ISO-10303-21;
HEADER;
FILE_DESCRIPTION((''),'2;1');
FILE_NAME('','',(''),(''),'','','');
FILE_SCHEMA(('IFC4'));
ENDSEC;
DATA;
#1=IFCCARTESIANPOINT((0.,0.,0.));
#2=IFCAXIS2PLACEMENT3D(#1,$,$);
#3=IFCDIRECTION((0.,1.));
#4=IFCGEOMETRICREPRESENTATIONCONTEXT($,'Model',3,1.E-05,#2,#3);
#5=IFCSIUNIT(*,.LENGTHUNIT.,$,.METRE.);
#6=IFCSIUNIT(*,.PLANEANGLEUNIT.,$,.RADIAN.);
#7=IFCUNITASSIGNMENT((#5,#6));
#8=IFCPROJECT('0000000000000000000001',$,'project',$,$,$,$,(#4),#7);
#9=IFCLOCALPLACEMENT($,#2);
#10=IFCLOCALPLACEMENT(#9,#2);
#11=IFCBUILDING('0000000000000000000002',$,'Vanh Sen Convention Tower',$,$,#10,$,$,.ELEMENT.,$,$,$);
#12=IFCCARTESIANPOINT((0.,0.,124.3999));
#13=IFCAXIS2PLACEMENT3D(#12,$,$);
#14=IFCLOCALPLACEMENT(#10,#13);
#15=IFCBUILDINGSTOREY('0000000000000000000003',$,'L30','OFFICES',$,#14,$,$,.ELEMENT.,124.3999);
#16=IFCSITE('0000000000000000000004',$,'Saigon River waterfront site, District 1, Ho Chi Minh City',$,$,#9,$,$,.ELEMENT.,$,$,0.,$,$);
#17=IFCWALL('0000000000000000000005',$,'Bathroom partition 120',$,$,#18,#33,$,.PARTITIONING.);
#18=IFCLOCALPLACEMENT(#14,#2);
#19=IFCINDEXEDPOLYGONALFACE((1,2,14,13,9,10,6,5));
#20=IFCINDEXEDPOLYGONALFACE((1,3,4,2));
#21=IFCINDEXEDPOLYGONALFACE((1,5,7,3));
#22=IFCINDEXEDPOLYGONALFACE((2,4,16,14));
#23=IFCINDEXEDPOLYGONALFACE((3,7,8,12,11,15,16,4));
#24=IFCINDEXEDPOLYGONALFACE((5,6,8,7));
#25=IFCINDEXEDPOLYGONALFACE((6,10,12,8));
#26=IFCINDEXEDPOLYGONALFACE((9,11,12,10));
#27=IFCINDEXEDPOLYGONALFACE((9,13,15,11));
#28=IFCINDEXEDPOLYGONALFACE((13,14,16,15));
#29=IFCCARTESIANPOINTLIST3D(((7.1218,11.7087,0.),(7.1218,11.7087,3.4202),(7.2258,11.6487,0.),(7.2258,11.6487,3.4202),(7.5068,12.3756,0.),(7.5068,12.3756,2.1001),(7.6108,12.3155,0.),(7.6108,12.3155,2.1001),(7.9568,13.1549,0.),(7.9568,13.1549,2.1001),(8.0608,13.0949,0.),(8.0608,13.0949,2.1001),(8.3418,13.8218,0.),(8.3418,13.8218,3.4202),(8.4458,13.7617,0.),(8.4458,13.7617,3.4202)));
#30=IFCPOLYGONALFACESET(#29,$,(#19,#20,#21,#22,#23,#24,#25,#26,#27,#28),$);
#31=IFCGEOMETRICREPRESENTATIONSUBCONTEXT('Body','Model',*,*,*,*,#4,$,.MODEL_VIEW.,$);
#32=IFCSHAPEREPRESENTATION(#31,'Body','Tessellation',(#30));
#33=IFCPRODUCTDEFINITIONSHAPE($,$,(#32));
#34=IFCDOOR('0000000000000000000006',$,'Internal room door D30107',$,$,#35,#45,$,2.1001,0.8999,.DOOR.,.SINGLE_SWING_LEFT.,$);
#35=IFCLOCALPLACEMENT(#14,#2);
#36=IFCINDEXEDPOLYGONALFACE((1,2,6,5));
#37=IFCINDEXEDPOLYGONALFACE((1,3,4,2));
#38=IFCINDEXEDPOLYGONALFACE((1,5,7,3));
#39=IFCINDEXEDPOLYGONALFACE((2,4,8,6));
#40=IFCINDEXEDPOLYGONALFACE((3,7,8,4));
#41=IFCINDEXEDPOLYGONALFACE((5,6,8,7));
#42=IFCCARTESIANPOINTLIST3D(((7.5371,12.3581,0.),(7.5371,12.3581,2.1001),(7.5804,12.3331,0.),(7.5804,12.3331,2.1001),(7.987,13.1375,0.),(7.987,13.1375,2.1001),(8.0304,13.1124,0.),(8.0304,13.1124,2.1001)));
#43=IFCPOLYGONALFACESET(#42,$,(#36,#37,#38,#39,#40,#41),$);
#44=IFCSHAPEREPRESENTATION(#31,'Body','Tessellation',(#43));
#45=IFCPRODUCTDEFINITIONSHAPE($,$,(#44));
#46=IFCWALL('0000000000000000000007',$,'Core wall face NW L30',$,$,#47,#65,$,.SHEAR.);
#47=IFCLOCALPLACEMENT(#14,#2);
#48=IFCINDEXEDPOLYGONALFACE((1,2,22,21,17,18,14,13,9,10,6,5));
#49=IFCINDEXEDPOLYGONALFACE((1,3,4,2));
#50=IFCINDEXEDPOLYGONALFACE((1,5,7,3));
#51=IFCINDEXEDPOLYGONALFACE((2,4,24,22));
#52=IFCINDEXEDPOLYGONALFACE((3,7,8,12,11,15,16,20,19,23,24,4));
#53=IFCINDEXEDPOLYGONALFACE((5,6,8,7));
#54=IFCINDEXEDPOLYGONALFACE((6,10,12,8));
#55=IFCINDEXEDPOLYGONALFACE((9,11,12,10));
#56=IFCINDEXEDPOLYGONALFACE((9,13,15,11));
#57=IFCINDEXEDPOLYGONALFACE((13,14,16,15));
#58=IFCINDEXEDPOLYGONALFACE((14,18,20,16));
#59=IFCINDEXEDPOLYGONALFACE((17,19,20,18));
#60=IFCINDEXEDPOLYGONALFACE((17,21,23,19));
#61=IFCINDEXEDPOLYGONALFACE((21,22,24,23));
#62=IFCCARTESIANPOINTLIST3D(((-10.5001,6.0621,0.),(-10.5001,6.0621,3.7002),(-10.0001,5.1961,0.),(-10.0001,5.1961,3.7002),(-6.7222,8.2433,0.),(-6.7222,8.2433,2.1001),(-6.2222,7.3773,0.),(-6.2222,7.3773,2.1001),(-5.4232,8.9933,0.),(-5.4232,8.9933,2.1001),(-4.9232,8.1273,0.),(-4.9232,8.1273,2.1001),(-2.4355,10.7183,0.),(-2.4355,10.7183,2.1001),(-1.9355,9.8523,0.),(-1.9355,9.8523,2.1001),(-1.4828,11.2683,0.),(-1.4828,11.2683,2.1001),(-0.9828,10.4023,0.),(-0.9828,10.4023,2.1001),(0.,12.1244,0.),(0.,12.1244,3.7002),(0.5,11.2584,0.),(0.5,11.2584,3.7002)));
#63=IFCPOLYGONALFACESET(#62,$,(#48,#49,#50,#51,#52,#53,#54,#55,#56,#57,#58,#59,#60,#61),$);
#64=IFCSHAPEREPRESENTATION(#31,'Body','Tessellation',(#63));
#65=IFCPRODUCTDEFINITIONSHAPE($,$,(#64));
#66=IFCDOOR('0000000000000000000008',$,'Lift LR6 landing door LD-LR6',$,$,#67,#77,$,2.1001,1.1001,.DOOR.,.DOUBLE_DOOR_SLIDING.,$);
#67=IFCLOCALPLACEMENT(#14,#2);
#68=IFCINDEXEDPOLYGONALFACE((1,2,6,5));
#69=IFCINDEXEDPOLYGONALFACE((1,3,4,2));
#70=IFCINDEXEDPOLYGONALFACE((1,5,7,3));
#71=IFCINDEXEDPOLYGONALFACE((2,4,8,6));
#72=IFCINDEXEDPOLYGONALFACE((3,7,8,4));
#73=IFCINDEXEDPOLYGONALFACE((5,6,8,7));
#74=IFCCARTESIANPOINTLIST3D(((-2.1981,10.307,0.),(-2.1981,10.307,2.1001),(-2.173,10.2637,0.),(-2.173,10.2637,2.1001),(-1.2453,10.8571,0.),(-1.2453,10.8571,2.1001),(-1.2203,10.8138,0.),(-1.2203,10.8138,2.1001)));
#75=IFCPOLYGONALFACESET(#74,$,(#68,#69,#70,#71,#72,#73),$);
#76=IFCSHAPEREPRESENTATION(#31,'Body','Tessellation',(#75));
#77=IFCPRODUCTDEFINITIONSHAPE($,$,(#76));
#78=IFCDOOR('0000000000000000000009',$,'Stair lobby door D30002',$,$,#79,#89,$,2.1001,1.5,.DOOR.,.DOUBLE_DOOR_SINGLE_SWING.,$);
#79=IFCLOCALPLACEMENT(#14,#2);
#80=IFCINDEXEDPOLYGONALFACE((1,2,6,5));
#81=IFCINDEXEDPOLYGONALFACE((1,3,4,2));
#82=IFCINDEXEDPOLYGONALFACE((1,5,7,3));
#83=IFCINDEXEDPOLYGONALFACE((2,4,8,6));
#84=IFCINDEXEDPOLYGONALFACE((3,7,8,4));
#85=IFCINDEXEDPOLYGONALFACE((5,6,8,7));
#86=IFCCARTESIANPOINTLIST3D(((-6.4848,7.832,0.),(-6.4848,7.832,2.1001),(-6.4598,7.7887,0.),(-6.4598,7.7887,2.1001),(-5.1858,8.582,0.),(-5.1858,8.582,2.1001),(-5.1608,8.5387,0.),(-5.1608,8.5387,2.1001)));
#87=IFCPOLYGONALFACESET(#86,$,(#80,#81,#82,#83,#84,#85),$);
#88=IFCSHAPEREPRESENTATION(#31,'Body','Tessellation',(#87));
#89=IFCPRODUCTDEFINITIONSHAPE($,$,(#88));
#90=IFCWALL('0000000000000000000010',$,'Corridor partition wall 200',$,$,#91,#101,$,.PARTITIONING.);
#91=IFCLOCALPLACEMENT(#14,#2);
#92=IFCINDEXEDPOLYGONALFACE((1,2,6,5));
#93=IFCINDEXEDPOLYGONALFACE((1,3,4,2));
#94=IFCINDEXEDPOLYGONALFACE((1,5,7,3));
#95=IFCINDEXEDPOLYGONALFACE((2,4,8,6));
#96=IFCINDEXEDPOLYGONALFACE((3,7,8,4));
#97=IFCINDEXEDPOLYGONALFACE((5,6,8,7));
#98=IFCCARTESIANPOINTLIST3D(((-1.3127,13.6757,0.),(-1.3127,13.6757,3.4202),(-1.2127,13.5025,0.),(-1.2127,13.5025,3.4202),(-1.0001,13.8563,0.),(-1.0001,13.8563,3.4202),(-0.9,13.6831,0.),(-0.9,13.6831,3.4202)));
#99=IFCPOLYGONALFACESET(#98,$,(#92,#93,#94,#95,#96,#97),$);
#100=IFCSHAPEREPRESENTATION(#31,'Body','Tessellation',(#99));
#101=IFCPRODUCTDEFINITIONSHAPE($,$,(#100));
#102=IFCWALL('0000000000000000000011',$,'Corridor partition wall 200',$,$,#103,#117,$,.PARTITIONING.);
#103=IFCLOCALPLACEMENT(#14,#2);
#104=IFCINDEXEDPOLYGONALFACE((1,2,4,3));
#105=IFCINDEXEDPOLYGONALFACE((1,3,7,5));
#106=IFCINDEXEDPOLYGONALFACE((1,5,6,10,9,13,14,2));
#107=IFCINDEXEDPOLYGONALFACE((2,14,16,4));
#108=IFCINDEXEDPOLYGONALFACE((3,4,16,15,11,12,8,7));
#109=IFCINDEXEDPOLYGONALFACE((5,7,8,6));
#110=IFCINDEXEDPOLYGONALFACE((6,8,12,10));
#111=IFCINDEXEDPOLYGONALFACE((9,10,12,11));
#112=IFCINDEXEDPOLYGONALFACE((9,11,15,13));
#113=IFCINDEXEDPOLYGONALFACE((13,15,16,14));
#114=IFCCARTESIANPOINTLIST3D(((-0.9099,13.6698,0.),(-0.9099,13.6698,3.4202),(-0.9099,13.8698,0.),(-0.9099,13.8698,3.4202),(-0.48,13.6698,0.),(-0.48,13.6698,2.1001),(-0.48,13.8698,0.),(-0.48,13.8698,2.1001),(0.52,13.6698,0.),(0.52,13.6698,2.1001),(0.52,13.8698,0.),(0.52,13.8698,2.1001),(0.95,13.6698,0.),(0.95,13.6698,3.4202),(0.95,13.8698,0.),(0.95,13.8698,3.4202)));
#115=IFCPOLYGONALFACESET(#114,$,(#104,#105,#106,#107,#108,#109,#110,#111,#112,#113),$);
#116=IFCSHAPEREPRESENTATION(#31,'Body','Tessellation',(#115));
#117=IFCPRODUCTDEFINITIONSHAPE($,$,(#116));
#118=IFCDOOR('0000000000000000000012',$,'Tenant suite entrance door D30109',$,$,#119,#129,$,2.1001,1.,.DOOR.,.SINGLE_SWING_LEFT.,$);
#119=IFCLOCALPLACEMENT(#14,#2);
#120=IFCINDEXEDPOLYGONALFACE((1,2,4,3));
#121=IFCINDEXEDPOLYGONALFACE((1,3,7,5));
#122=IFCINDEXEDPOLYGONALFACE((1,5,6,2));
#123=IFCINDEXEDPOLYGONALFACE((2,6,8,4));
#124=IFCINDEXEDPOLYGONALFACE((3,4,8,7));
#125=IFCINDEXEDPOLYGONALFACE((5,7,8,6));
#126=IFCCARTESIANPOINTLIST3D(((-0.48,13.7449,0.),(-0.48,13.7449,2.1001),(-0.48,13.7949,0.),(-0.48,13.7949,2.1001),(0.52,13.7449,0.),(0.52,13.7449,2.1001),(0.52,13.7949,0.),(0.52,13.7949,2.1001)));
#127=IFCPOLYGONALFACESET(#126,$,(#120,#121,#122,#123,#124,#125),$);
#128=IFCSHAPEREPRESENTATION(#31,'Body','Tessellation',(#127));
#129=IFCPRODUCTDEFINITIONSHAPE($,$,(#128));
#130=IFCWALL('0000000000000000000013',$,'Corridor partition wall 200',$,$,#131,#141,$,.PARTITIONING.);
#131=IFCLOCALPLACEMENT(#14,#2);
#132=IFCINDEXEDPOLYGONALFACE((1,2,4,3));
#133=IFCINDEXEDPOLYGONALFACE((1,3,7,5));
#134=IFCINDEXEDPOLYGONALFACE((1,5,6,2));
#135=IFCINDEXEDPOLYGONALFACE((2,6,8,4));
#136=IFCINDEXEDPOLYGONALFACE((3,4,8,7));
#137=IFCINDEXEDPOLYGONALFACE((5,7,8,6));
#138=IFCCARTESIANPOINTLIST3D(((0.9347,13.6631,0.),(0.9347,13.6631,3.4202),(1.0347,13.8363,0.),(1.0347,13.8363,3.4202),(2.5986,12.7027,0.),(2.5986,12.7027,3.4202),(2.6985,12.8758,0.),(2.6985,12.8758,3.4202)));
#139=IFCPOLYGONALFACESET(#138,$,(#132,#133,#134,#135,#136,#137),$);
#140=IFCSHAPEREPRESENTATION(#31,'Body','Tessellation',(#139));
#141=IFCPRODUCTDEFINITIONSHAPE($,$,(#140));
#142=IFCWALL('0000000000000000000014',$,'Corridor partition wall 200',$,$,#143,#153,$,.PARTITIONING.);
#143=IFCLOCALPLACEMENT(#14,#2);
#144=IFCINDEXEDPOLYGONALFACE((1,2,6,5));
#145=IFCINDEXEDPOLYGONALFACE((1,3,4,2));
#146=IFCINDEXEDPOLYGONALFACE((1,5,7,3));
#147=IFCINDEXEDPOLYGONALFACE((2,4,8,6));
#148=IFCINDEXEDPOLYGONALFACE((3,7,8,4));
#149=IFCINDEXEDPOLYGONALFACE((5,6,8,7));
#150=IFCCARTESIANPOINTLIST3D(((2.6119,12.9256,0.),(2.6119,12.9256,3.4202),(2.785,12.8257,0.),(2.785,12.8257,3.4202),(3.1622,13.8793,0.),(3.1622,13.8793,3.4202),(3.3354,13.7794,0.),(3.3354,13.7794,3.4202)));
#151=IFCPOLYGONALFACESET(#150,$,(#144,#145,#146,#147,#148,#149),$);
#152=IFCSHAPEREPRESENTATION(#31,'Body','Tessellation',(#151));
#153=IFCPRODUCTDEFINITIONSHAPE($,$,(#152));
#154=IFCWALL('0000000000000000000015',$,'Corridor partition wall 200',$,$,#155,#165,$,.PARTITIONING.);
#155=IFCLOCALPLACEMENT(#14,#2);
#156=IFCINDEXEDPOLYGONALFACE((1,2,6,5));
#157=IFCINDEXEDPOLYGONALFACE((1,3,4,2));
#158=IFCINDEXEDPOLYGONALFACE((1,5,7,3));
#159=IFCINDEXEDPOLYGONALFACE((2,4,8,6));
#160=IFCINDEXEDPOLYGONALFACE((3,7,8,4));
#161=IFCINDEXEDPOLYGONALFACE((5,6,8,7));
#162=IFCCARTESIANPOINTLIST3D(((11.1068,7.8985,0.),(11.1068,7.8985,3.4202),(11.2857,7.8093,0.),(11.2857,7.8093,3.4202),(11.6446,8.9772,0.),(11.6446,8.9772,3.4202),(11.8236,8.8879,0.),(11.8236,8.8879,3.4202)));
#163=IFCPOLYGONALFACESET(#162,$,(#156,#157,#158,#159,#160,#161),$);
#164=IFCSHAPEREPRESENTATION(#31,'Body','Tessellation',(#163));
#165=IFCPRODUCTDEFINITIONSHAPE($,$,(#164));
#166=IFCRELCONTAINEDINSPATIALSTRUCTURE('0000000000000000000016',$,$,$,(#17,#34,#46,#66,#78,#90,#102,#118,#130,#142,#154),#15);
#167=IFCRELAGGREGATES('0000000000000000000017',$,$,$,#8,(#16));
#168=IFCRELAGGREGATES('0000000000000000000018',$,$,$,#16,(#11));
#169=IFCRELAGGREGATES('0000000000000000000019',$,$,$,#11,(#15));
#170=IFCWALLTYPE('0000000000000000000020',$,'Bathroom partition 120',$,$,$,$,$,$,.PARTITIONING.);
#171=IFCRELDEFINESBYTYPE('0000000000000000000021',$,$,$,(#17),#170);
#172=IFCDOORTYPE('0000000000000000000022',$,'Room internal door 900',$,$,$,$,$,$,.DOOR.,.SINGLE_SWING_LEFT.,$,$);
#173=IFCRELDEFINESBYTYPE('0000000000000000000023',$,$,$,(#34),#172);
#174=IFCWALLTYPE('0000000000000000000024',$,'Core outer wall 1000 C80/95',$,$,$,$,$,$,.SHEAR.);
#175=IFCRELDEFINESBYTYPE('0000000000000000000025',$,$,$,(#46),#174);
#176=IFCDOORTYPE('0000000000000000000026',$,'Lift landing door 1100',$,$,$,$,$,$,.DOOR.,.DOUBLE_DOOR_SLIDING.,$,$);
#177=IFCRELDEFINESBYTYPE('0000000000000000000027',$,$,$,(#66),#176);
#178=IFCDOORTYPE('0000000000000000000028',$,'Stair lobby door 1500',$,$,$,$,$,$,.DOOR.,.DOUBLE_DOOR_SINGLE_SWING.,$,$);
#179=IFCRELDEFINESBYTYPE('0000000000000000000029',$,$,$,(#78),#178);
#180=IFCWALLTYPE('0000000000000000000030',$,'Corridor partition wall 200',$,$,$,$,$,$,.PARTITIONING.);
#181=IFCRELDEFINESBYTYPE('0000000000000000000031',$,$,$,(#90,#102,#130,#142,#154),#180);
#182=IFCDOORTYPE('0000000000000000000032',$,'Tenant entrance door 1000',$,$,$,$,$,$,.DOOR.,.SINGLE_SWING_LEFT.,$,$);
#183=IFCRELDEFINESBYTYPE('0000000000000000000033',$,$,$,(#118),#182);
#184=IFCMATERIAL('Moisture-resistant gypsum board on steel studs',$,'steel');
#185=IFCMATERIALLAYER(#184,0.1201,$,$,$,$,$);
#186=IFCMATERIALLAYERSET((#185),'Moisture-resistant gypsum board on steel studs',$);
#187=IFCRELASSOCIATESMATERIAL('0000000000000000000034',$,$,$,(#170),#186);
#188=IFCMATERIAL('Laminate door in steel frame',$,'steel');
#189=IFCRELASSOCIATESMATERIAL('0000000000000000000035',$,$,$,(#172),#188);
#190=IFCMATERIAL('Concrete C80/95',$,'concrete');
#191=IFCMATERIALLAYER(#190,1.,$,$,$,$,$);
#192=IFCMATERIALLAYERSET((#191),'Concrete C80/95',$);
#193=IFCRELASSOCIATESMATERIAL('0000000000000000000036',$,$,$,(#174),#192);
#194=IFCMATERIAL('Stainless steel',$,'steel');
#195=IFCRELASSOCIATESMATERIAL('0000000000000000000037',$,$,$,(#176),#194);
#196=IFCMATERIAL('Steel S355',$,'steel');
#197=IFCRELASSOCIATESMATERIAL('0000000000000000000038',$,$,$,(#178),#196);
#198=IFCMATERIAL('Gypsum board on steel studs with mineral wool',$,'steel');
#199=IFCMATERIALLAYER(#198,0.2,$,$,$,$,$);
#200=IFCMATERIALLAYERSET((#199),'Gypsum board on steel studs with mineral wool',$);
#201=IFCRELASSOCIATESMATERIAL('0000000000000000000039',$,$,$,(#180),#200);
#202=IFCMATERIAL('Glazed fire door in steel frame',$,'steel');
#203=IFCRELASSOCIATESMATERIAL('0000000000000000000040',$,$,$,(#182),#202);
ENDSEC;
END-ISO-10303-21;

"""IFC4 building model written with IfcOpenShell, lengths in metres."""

from ifc_helpers import new_model, si_unit, direction, frame, frame_2d, origin, place, context, subcontext, project, spatial, rectangle, extrude, material, layer, layer_set, type_object, element, fill, save


model = new_model("IFC4")

# Units and contexts
model_context = context("Model", 3, precision=1e-05, world=origin(), true_north=direction((0.0, 1.0)))
body_context = subcontext(model_context, "Body", "Model", "MODEL_VIEW")
ifc_project = project(units=[si_unit("LENGTHUNIT", "METRE"), si_unit("PLANEANGLEUNIT", "RADIAN")], contexts=[model_context])

# Site, building, storey
site_placement = place(None, origin())
site = spatial("IfcSite", under=ifc_project, at=site_placement, Name="Saigon River waterfront site, District 1, Ho Chi Minh City", CompositionType="ELEMENT", RefElevation=0.0)
building_placement = place(site_placement, origin())
building = spatial("IfcBuilding", under=site, at=building_placement, Name="Vanh Sen Convention Tower", CompositionType="ELEMENT")
storey_placement = place(building_placement, frame((0.0, 0.0, 124.3999)))
storey = spatial("IfcBuildingStorey", under=building, at=storey_placement, Name="L30", Description="OFFICES", CompositionType="ELEMENT", Elevation=124.3999)

# Wall, opening, door
ifc_material_1 = material(Name="Moisture-resistant gypsum board on steel studs", Category="steel")
ifc_layer_1 = layer(ifc_material_1, 0.1201)
ifc_layer_set_1 = layer_set([ifc_layer_1], Name="Moisture-resistant gypsum board on steel studs")
wall_type_1 = type_object("IfcWallType", Name="Bathroom partition 120", PredefinedType="PARTITIONING", material=ifc_layer_set_1)
wall_1_placement = place(storey_placement, frame((8.3938, 13.7917, 0.0), z_axis=(0.0, 0.0, 1.0), x_axis=(-0.500003, -0.866024, 0.0)))
wall_1 = element("IfcWall", 1, at=wall_1_placement, inside=storey, type_object=wall_type_1, Name="Bathroom partition 120", PredefinedType="PARTITIONING", context=body_context, shape_type="SweptSolid", body=[
    extrude(rectangle(XDim=2.4399, YDim=0.1201, at=frame_2d((1.22, 0.0))), origin(), (0.0, 0.0, 1.0), 3.4202),
])
opening_1_placement = place(wall_1_placement, frame((0.77, 0.0, 0.0)))
opening_1 = element("IfcOpeningElement", 2, at=opening_1_placement, cuts=wall_1, PredefinedType="OPENING", context=body_context, shape_type="SweptSolid", body=[
    extrude(rectangle(XDim=0.8999, YDim=2.1001, at=frame_2d((0.45, 1.05))), frame((0.0, 0.0701, 0.0), z_axis=(0.0, -1.0, 0.0), x_axis=(1.0, 0.0, 0.0)), (0.0, 0.0, 1.0), 0.1401),
])
ifc_material_2 = material(Name="Laminate door in steel frame", Category="steel")
door_type_1 = type_object("IfcDoorType", Name="Room internal door 900", OperationType="SINGLE_SWING_LEFT", PredefinedType="DOOR", material=ifc_material_2)
door_1_placement = place(opening_1_placement, origin())
door_1 = element("IfcDoor", 3, at=door_1_placement, inside=storey, type_object=door_type_1, Name="Internal room door D30107", OperationType="SINGLE_SWING_LEFT", OverallHeight=2.1001, OverallWidth=0.8999, PredefinedType="DOOR", context=body_context, shape_type="SweptSolid", body=[
    extrude(rectangle(XDim=0.8999, YDim=2.1001, at=frame_2d((0.45, 1.05))), frame((0.0, 0.0249, 0.0), z_axis=(0.0, -1.0, 0.0), x_axis=(1.0, 0.0, 0.0)), (0.0, 0.0, 1.0), 0.05),
])
fill(opening_1, door_1)

# Wall, openings, doors
ifc_material_3 = material(Name="Concrete C80/95", Category="concrete")
ifc_layer_2 = layer(ifc_material_3, 1.0)
ifc_layer_set_2 = layer_set([ifc_layer_2], Name="Concrete C80/95")
wall_type_2 = type_object("IfcWallType", Name="Core outer wall 1000 C80/95", PredefinedType="SHEAR", material=ifc_layer_set_2)
wall_2_placement = place(storey_placement, frame((0.25, 11.6914, 0.0), z_axis=(0.0, 0.0, 1.0), x_axis=(-0.866023, -0.500005, 0.0)))
wall_2 = element("IfcWall", 4, at=wall_2_placement, inside=storey, type_object=wall_type_2, Name="Core wall face NW L30", PredefinedType="SHEAR", context=body_context, shape_type="SweptSolid", body=[
    extrude(rectangle(XDim=12.1245, YDim=1.0, at=frame_2d((6.0623, 0.0))), origin(), (0.0, 0.0, 1.0), 3.7002),
])
opening_2_placement = place(wall_2_placement, frame((6.2622, 0.0, 0.0)))
opening_2 = element("IfcOpeningElement", 5, at=opening_2_placement, cuts=wall_2, PredefinedType="OPENING", context=body_context, shape_type="SweptSolid", body=[
    extrude(rectangle(XDim=1.5, YDim=2.1001, at=frame_2d((0.75, 1.05))), frame((0.0, 0.51, 0.0), z_axis=(0.0, -1.0, 0.0), x_axis=(1.0, 0.0, 0.0)), (0.0, 0.0, 1.0), 1.02),
])
opening_3_placement = place(wall_2_placement, frame((1.7122, 0.0, 0.0)))
opening_3 = element("IfcOpeningElement", 6, at=opening_3_placement, cuts=wall_2, PredefinedType="OPENING", context=body_context, shape_type="SweptSolid", body=[
    extrude(rectangle(XDim=1.1001, YDim=2.1001, at=frame_2d((0.55, 1.05))), frame((0.0, 0.51, 0.0), z_axis=(0.0, -1.0, 0.0), x_axis=(1.0, 0.0, 0.0)), (0.0, 0.0, 1.0), 1.02),
])
ifc_material_4 = material(Name="Stainless steel", Category="steel")
door_type_2 = type_object("IfcDoorType", Name="Lift landing door 1100", OperationType="DOUBLE_DOOR_SLIDING", PredefinedType="DOOR", material=ifc_material_4)
door_2_placement = place(opening_3_placement, origin())
door_2 = element("IfcDoor", 7, at=door_2_placement, inside=storey, type_object=door_type_2, Name="Lift LR6 landing door LD-LR6", OperationType="DOUBLE_DOOR_SLIDING", OverallHeight=2.1001, OverallWidth=1.1001, PredefinedType="DOOR", context=body_context, shape_type="SweptSolid", body=[
    extrude(rectangle(XDim=1.1001, YDim=2.1001, at=frame_2d((0.55, 1.05))), frame((0.0, 0.0249, 0.0), z_axis=(0.0, -1.0, 0.0), x_axis=(1.0, 0.0, 0.0)), (0.0, 0.0, 1.0), 0.05),
])
fill(opening_3, door_2)
ifc_material_5 = material(Name="Steel S355", Category="steel")
door_type_3 = type_object("IfcDoorType", Name="Stair lobby door 1500", OperationType="DOUBLE_DOOR_SINGLE_SWING", PredefinedType="DOOR", material=ifc_material_5)
door_3_placement = place(opening_2_placement, origin())
door_3 = element("IfcDoor", 8, at=door_3_placement, inside=storey, type_object=door_type_3, Name="Stair lobby door D30002", OperationType="DOUBLE_DOOR_SINGLE_SWING", OverallHeight=2.1001, OverallWidth=1.5, PredefinedType="DOOR", context=body_context, shape_type="SweptSolid", body=[
    extrude(rectangle(XDim=1.5, YDim=2.1001, at=frame_2d((0.75, 1.05))), frame((0.0, 0.0249, 0.0), z_axis=(0.0, -1.0, 0.0), x_axis=(1.0, 0.0, 0.0)), (0.0, 0.0, 1.0), 0.05),
])
fill(opening_2, door_3)

# Wall
ifc_material_6 = material(Name="Gypsum board on steel studs with mineral wool", Category="steel")
ifc_layer_3 = layer(ifc_material_6, 0.2)
ifc_layer_set_3 = layer_set([ifc_layer_3], Name="Gypsum board on steel studs with mineral wool")
wall_type_3 = type_object("IfcWallType", Name="Corridor partition wall 200", PredefinedType="PARTITIONING", material=ifc_layer_set_3)
wall_3_placement = place(storey_placement, frame((-0.95, 13.7698, 0.0), z_axis=(0.0, 0.0, 1.0), x_axis=(-0.865904, -0.50021, 0.0)))
element("IfcWall", 9, at=wall_3_placement, inside=storey, type_object=wall_type_3, Name="Corridor partition wall 200", PredefinedType="PARTITIONING", context=body_context, shape_type="SweptSolid", body=[
    extrude(rectangle(XDim=0.3611, YDim=0.2, at=frame_2d((0.1807, 0.0))), origin(), (0.0, 0.0, 1.0), 3.4202),
])

# Wall, opening, door
wall_4_placement = place(storey_placement, frame((0.95, 13.7698, 0.0), z_axis=(0.0, 0.0, 1.0), x_axis=(-1.0, 0.0, 0.0)))
wall_4 = element("IfcWall", 10, at=wall_4_placement, inside=storey, type_object=wall_type_3, Name="Corridor partition wall 200", PredefinedType="PARTITIONING", context=body_context, shape_type="SweptSolid", body=[
    extrude(rectangle(XDim=1.8599, YDim=0.2, at=frame_2d((0.9299, 0.0))), origin(), (0.0, 0.0, 1.0), 3.4202),
])
opening_4_placement = place(wall_4_placement, frame((0.4299, 0.0, 0.0)))
opening_4 = element("IfcOpeningElement", 11, at=opening_4_placement, cuts=wall_4, PredefinedType="OPENING", context=body_context, shape_type="SweptSolid", body=[
    extrude(rectangle(XDim=1.0, YDim=2.1001, at=frame_2d((0.5, 1.05))), frame((0.0, 0.1099, 0.0), z_axis=(0.0, -1.0, 0.0), x_axis=(1.0, 0.0, 0.0)), (0.0, 0.0, 1.0), 0.22),
])
ifc_material_7 = material(Name="Glazed fire door in steel frame", Category="steel")
door_type_4 = type_object("IfcDoorType", Name="Tenant entrance door 1000", OperationType="SINGLE_SWING_LEFT", PredefinedType="DOOR", material=ifc_material_7)
door_4_placement = place(opening_4_placement, origin())
door_4 = element("IfcDoor", 12, at=door_4_placement, inside=storey, type_object=door_type_4, Name="Tenant suite entrance door D30109", OperationType="SINGLE_SWING_LEFT", OverallHeight=2.1001, OverallWidth=1.0, PredefinedType="DOOR", context=body_context, shape_type="SweptSolid", body=[
    extrude(rectangle(XDim=1.0, YDim=2.1001, at=frame_2d((0.5, 1.05))), frame((0.0, 0.0249, 0.0), z_axis=(0.0, -1.0, 0.0), x_axis=(1.0, 0.0, 0.0)), (0.0, 0.0, 1.0), 0.05),
])
fill(opening_4, door_4)

# Walls
wall_5_placement = place(storey_placement, frame((2.6484, 12.7893, 0.0), z_axis=(0.0, 0.0, 1.0), x_axis=(-0.866061, 0.499939, 0.0)))
element("IfcWall", 13, at=wall_5_placement, inside=storey, type_object=wall_type_3, Name="Corridor partition wall 200", PredefinedType="PARTITIONING", context=body_context, shape_type="SweptSolid", body=[
    extrude(rectangle(XDim=1.9211, YDim=0.2, at=frame_2d((0.9604, 0.0))), origin(), (0.0, 0.0, 1.0), 3.4202),
])
wall_6_placement = place(storey_placement, frame((3.2488, 13.8293, 0.0), z_axis=(0.0, 0.0, 1.0), x_axis=(-0.499812, -0.866134, 0.0)))
element("IfcWall", 14, at=wall_6_placement, inside=storey, type_object=wall_type_3, Name="Corridor partition wall 200", PredefinedType="PARTITIONING", context=body_context, shape_type="SweptSolid", body=[
    extrude(rectangle(XDim=1.1011, YDim=0.2, at=frame_2d((0.5505, 0.0))), origin(), (0.0, 0.0, 1.0), 3.4202),
])
wall_7_placement = place(storey_placement, frame((11.1963, 7.854, 0.0), z_axis=(0.0, 0.0, 1.0), x_axis=(0.446241, 0.894913, 0.0)))
element("IfcWall", 15, at=wall_7_placement, inside=storey, type_object=wall_type_3, Name="Corridor partition wall 200", PredefinedType="PARTITIONING", context=body_context, shape_type="SweptSolid", body=[
    extrude(rectangle(XDim=1.2053, YDim=0.2, at=frame_2d((0.6025, 0.0))), origin(), (0.0, 0.0, 1.0), 3.4202),
])

save(model, "model.ifc")
